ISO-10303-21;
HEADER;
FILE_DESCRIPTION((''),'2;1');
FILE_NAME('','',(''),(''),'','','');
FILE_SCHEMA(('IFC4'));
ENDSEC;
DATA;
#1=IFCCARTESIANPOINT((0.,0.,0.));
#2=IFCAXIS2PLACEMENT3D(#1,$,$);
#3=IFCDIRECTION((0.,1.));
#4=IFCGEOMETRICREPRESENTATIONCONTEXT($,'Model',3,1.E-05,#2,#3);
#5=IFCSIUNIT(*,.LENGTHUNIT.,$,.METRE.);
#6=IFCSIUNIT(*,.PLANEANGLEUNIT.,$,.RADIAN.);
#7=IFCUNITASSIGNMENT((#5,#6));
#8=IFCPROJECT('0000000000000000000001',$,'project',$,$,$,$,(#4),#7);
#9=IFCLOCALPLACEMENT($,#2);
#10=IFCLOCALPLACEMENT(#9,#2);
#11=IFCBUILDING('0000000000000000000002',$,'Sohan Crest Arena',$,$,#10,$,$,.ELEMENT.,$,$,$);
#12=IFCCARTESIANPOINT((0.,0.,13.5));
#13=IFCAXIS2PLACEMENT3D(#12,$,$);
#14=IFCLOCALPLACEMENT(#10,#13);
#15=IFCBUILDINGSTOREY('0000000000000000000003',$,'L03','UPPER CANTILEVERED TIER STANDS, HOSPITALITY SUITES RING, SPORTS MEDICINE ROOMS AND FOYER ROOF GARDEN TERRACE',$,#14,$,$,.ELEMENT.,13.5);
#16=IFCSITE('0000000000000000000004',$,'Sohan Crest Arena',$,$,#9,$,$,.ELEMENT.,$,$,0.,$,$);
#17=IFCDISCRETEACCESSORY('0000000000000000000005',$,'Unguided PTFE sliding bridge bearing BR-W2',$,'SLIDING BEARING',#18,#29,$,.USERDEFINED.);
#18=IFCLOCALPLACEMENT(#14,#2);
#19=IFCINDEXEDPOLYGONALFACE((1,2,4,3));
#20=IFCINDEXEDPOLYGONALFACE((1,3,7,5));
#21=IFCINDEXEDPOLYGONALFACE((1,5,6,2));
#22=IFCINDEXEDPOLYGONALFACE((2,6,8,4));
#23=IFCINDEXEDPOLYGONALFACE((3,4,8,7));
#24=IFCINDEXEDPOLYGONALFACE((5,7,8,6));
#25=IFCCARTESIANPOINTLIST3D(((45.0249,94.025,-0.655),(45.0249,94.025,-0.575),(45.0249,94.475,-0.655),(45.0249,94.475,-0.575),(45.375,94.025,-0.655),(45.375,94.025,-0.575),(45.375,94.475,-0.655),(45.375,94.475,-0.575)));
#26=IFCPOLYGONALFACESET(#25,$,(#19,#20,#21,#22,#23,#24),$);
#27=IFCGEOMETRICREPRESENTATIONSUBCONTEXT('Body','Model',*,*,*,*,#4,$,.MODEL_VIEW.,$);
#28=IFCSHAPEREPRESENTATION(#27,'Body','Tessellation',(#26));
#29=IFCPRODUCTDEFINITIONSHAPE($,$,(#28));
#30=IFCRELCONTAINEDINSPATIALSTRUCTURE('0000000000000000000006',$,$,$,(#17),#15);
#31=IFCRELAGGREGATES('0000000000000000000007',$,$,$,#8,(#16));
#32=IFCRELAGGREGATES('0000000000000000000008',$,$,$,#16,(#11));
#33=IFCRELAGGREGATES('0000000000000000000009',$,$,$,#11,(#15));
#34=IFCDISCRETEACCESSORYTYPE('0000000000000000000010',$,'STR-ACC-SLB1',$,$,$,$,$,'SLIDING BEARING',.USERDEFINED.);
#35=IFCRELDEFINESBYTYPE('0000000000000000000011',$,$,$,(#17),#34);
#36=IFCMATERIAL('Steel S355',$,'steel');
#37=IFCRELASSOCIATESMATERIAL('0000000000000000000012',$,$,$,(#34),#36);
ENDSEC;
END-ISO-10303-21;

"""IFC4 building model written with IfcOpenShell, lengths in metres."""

from ifc_helpers import new_model, si_unit, direction, frame, origin, origin_2d, place, context, subcontext, project, spatial, rectangle, extrude, material, type_object, element, save


model = new_model("IFC4")

# Units and contexts
model_context = context("Model", 3, precision=1e-05, world=origin(), true_north=direction((0.0, 1.0)))
body_context = subcontext(model_context, "Body", "Model", "MODEL_VIEW")
ifc_project = project(units=[si_unit("LENGTHUNIT", "METRE"), si_unit("PLANEANGLEUNIT", "RADIAN")], contexts=[model_context])

# Site, building, storey
site_placement = place(None, origin())
site = spatial("IfcSite", under=ifc_project, at=site_placement, Name="Sohan Crest Arena", CompositionType="ELEMENT", RefElevation=0.0)
building_placement = place(site_placement, origin())
building = spatial("IfcBuilding", under=site, at=building_placement, Name="Sohan Crest Arena", CompositionType="ELEMENT")
storey_placement = place(building_placement, frame((0.0, 0.0, 13.5)))
storey = spatial("IfcBuildingStorey", under=building, at=storey_placement, Name="L03", Description="UPPER CANTILEVERED TIER STANDS, HOSPITALITY SUITES RING, SPORTS MEDICINE ROOMS AND FOYER ROOF GARDEN TERRACE", CompositionType="ELEMENT", Elevation=13.5)

# Shared definitions
ifc_material_1 = material(Name="Steel S355", Category="steel")

# Discrete accessory
discrete_accessory_type = type_object("IfcDiscreteAccessoryType", Name="STR-ACC-SLB1", ElementType="SLIDING BEARING", PredefinedType="USERDEFINED", material=ifc_material_1)
discrete_accessory_placement = place(storey_placement, frame((45.2, 94.25, -0.655), z_axis=(0.0, 0.0, 1.0), x_axis=(1.0, 0.0, 0.0)))
element("IfcDiscreteAccessory", 1, at=discrete_accessory_placement, inside=storey, type_object=discrete_accessory_type, Name="Unguided PTFE sliding bridge bearing BR-W2", ObjectType="SLIDING BEARING", PredefinedType="USERDEFINED", context=body_context, shape_type="SweptSolid", body=[
    extrude(rectangle(XDim=0.3501, YDim=0.45, at=origin_2d()), origin(), (0.0, 0.0, 1.0), 0.0801),
])

save(model, "model.ifc")
